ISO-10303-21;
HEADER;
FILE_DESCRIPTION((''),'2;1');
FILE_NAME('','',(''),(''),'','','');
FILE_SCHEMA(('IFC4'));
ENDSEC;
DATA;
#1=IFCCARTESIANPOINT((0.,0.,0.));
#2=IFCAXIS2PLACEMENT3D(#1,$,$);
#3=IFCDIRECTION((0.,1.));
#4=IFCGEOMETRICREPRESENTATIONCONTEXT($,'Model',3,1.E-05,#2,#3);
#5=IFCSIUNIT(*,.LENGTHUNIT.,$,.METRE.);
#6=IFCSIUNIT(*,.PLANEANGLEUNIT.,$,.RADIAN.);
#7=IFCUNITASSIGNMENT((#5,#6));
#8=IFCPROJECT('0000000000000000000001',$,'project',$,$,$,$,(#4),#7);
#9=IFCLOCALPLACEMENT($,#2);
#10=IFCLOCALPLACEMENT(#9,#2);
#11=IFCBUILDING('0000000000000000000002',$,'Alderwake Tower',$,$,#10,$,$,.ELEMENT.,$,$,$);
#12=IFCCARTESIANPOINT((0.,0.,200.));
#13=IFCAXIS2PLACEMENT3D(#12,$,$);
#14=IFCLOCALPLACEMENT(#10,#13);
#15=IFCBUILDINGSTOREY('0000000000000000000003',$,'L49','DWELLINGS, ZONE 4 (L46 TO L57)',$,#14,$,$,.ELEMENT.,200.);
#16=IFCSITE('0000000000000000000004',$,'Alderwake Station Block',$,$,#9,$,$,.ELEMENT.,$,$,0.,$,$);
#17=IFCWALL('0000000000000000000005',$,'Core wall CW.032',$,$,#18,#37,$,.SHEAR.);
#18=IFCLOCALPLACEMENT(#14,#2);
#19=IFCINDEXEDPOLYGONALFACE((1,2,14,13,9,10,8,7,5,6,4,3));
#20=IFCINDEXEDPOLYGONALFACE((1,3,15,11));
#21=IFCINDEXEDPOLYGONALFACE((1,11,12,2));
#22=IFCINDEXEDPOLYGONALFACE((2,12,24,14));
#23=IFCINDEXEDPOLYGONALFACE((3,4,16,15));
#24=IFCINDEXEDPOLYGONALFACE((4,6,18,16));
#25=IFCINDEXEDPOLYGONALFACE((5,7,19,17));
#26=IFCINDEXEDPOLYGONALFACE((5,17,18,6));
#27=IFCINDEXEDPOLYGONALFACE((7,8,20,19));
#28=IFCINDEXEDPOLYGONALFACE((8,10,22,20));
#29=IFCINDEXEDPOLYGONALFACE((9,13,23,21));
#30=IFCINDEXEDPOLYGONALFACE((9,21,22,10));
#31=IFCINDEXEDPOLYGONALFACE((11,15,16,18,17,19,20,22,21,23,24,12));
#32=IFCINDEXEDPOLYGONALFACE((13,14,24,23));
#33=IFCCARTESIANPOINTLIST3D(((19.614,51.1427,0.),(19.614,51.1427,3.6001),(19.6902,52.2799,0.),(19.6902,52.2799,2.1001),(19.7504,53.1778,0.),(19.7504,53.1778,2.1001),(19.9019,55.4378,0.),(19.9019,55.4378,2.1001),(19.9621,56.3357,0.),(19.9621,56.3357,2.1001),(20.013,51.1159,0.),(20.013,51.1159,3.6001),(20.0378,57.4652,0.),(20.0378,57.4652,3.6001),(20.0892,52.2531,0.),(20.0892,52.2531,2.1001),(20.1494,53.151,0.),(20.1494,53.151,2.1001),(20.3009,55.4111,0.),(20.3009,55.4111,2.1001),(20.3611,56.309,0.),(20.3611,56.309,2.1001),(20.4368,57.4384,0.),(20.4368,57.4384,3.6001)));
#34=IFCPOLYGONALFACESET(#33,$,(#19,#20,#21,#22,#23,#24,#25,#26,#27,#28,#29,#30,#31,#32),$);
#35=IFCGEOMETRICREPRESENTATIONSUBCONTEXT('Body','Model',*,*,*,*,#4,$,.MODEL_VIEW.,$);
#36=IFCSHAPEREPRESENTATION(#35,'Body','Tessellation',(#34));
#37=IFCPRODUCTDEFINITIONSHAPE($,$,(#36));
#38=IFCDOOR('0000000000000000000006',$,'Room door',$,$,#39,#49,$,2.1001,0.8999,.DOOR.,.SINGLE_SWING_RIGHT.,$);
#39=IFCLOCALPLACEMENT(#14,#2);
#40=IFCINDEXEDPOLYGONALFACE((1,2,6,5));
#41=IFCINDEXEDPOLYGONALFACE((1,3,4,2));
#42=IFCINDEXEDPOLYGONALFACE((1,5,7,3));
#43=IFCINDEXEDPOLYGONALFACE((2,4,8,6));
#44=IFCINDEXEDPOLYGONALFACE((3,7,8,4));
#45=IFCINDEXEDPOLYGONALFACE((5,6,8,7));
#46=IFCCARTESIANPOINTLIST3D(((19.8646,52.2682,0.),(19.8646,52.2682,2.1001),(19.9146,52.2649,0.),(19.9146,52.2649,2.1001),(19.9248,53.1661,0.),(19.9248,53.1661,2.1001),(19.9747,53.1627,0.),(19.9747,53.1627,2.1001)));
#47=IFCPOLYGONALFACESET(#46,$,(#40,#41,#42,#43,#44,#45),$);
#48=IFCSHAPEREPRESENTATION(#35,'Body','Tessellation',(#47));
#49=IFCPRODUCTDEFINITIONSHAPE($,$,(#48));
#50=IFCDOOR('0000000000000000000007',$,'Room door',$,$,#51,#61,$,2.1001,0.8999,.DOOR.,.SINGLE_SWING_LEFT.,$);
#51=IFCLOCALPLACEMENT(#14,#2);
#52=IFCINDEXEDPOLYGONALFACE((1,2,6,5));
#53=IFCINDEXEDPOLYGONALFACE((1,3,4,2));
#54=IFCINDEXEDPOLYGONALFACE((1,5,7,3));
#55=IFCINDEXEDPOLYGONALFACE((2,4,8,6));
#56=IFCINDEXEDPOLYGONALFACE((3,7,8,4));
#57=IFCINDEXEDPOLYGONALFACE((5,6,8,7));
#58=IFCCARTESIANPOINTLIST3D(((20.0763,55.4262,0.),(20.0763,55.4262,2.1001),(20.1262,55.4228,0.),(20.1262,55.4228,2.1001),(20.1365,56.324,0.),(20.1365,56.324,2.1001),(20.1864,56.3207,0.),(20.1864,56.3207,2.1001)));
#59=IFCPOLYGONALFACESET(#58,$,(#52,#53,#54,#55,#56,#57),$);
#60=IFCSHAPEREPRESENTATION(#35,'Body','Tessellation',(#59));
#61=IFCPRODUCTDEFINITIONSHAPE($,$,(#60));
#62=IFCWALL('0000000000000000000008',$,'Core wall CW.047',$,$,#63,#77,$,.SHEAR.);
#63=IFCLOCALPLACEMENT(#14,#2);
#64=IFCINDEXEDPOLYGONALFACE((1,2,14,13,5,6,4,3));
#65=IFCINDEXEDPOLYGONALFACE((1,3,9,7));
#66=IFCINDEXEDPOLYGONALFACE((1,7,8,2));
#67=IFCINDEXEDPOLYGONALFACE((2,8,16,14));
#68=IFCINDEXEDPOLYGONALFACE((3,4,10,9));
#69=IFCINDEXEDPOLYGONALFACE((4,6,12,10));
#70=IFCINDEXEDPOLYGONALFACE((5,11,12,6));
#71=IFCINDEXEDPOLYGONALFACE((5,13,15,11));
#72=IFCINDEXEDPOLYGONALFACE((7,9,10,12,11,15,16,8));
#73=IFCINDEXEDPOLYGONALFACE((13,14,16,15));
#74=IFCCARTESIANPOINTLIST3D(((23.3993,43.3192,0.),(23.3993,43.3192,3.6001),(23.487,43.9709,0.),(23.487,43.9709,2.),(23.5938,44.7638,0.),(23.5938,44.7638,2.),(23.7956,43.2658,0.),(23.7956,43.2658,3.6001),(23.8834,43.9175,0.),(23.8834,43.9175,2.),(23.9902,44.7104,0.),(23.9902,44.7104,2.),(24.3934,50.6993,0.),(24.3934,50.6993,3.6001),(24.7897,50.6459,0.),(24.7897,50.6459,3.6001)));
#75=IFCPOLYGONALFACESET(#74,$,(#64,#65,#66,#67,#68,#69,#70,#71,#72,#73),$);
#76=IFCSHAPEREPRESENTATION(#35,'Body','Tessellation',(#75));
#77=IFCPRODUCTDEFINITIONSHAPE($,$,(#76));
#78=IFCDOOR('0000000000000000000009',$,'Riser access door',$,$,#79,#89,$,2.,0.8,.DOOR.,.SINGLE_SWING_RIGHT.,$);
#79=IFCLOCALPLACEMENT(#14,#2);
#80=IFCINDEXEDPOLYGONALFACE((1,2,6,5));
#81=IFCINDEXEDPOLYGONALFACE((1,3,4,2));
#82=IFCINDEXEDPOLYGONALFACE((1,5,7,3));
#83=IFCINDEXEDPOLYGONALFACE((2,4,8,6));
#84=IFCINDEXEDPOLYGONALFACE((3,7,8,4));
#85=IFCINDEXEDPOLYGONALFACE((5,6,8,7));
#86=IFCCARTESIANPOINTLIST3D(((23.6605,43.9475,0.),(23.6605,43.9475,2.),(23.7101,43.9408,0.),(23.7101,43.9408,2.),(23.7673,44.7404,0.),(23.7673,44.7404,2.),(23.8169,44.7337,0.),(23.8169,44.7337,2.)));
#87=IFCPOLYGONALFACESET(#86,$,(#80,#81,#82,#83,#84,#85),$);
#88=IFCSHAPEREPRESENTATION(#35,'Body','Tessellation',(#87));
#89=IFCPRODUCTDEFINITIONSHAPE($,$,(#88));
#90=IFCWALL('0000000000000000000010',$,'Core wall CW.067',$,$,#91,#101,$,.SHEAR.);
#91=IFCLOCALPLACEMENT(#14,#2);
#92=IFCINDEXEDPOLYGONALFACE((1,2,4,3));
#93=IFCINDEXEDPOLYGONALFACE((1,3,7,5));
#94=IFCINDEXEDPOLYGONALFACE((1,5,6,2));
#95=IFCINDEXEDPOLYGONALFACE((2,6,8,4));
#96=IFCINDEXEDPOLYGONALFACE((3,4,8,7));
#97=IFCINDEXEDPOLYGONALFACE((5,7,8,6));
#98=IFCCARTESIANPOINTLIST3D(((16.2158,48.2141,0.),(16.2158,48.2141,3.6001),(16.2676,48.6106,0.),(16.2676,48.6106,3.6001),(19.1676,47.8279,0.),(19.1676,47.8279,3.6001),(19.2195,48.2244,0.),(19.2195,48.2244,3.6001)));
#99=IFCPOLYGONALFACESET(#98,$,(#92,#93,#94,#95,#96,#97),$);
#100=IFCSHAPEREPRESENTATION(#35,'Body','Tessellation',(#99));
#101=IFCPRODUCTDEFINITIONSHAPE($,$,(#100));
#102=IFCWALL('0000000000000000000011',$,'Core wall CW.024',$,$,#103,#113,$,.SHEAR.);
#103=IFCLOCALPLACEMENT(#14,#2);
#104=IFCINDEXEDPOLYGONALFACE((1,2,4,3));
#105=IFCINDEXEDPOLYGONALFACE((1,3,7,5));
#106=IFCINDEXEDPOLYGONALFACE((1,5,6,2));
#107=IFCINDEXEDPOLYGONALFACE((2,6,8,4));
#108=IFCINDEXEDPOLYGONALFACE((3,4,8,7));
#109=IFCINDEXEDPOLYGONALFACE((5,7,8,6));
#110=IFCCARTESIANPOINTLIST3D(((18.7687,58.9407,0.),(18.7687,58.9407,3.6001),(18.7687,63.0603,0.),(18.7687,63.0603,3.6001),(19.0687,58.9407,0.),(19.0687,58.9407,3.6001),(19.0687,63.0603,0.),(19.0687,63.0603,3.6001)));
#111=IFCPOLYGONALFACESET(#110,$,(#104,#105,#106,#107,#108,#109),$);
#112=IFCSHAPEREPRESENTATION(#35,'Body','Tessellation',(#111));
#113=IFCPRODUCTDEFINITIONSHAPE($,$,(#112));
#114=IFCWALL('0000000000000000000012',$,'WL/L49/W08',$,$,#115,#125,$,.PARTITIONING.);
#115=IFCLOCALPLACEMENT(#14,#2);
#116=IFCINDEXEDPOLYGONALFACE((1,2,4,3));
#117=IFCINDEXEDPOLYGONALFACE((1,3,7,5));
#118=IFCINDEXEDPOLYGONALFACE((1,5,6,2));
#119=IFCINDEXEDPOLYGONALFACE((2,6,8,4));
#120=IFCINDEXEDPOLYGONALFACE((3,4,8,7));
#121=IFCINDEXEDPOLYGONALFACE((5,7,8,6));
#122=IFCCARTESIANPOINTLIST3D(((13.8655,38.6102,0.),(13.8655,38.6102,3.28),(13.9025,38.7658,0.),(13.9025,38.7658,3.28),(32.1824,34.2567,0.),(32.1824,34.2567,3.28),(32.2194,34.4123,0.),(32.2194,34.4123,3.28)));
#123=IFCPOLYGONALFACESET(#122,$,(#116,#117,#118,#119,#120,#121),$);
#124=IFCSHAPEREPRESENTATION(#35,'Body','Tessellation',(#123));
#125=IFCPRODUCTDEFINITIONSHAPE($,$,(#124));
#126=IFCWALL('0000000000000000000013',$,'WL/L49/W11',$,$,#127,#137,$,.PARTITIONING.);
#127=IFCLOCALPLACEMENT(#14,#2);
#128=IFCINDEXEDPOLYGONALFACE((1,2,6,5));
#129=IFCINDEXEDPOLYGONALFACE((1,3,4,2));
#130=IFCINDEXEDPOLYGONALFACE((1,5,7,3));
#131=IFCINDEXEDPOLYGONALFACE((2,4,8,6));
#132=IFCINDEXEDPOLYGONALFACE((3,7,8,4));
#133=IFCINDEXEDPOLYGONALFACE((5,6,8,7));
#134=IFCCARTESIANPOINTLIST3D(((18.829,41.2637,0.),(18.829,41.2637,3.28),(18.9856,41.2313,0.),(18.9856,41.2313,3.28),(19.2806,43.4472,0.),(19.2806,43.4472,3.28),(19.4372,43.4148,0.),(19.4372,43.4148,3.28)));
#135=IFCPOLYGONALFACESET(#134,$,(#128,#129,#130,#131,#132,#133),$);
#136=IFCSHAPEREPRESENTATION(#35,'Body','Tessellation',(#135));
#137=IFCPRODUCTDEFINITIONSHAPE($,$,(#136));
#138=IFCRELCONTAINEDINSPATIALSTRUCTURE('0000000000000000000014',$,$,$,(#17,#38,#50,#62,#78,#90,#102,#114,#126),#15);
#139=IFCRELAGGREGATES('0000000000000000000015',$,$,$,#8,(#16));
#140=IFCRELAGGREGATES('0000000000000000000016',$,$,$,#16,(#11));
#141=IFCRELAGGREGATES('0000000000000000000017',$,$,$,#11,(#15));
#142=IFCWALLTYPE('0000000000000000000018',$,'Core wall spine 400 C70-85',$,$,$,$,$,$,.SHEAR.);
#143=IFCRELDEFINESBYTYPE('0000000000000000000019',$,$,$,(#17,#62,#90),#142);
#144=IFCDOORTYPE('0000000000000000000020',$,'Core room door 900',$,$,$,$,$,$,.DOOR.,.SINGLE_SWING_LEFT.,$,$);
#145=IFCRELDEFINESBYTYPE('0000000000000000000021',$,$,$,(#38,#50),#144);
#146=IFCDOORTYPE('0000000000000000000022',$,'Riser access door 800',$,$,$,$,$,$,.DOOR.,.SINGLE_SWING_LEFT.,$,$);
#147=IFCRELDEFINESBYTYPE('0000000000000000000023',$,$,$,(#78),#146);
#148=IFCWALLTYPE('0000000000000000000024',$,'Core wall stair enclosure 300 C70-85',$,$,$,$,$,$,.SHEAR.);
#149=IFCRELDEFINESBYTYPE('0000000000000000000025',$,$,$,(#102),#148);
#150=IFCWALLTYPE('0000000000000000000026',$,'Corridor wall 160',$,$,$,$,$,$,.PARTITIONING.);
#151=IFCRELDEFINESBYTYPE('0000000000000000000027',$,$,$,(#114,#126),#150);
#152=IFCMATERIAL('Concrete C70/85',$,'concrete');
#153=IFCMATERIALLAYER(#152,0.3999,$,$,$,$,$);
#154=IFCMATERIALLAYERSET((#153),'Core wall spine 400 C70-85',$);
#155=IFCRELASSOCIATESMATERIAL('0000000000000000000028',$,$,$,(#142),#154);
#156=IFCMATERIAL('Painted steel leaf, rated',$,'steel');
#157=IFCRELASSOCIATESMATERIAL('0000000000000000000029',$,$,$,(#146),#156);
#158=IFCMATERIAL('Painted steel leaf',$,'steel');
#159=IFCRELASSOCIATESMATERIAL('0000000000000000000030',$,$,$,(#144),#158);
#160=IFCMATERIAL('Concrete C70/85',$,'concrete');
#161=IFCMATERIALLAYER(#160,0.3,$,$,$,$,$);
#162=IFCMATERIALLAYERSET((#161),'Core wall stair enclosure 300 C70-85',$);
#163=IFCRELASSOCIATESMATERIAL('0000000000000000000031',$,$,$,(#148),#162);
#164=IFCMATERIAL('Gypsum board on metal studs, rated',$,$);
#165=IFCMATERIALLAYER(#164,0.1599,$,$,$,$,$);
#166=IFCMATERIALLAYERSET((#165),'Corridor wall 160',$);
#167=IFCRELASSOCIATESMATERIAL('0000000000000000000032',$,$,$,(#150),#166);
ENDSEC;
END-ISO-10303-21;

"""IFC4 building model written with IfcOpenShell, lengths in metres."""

from ifc_helpers import new_model, si_unit, direction, frame, frame_2d, origin, place, context, subcontext, project, spatial, rectangle, extrude, material, layer, layer_set, type_object, element, fill, save


model = new_model("IFC4")

# Units and contexts
model_context = context("Model", 3, precision=1e-05, world=origin(), true_north=direction((0.0, 1.0)))
body_context = subcontext(model_context, "Body", "Model", "MODEL_VIEW")
ifc_project = project(units=[si_unit("LENGTHUNIT", "METRE"), si_unit("PLANEANGLEUNIT", "RADIAN")], contexts=[model_context])

# Site, building, storey
site_placement = place(None, origin())
site = spatial("IfcSite", under=ifc_project, at=site_placement, Name="Alderwake Station Block", CompositionType="ELEMENT", RefElevation=0.0)
building_placement = place(site_placement, origin())
building = spatial("IfcBuilding", under=site, at=building_placement, Name="Alderwake Tower", CompositionType="ELEMENT")
storey_placement = place(building_placement, frame((0.0, 0.0, 200.0)))
storey = spatial("IfcBuildingStorey", under=building, at=storey_placement, Name="L49", Description="DWELLINGS, ZONE 4 (L46 TO L57)", CompositionType="ELEMENT", Elevation=200.0)

# Shared definitions
ifc_material_1 = material(Name="Concrete C70/85", Category="concrete")
ifc_layer_1 = layer(ifc_material_1, 0.3999)
ifc_layer_set_1 = layer_set([ifc_layer_1], Name="Core wall spine 400 C70-85")
wall_type_1 = type_object("IfcWallType", Name="Core wall spine 400 C70-85", PredefinedType="SHEAR", material=ifc_layer_set_1)
ifc_material_2 = material(Name="Painted steel leaf, rated", Category="steel")
door_type_1 = type_object("IfcDoorType", Name="Riser access door 800", OperationType="SINGLE_SWING_LEFT", PredefinedType="DOOR", material=ifc_material_2)

# Wall, openings, doors
wall_1_placement = place(storey_placement, frame((20.2373, 57.4519, 0.0), z_axis=(0.0, 0.0, 1.0), x_axis=(-0.066885, -0.997761, 0.0)))
wall_1 = element("IfcWall", 1, at=wall_1_placement, inside=storey, type_object=wall_type_1, Name="Core wall CW.032", PredefinedType="SHEAR", context=body_context, shape_type="SweptSolid", body=[
    extrude(rectangle(XDim=6.3367, YDim=0.3999, at=frame_2d((3.1685, 0.0))), origin(), (0.0, 0.0, 1.0), 3.6001),
])
opening_1_placement = place(wall_1_placement, frame((4.2971, 0.0, 0.0)))
opening_1 = element("IfcOpeningElement", 2, at=opening_1_placement, cuts=wall_1, PredefinedType="OPENING", context=body_context, shape_type="SweptSolid", body=[
    extrude(rectangle(XDim=0.8999, YDim=2.1001, at=frame_2d((0.45, 1.05))), frame((0.0, 0.21, 0.0), z_axis=(0.0, -1.0, 0.0), x_axis=(1.0, 0.0, 0.0)), (0.0, 0.0, 1.0), 0.4199),
])
opening_2_placement = place(wall_1_placement, frame((1.1321, 0.0, 0.0)))
opening_2 = element("IfcOpeningElement", 3, at=opening_2_placement, cuts=wall_1, PredefinedType="OPENING", context=body_context, shape_type="SweptSolid", body=[
    extrude(rectangle(XDim=0.8999, YDim=2.1001, at=frame_2d((0.45, 1.05))), frame((0.0, 0.21, 0.0), z_axis=(0.0, -1.0, 0.0), x_axis=(1.0, 0.0, 0.0)), (0.0, 0.0, 1.0), 0.4199),
])
ifc_material_3 = material(Name="Painted steel leaf", Category="steel")
door_type_2 = type_object("IfcDoorType", Name="Core room door 900", OperationType="SINGLE_SWING_LEFT", PredefinedType="DOOR", material=ifc_material_3)
door_1_placement = place(opening_1_placement, origin())
door_1 = element("IfcDoor", 4, at=door_1_placement, inside=storey, type_object=door_type_2, Name="Room door", OperationType="SINGLE_SWING_RIGHT", OverallHeight=2.1001, OverallWidth=0.8999, PredefinedType="DOOR", context=body_context, shape_type="SweptSolid", body=[
    extrude(rectangle(XDim=0.8999, YDim=2.1001, at=frame_2d((0.45, 1.05))), frame((0.0, 0.0249, 0.0), z_axis=(0.0, -1.0, 0.0), x_axis=(1.0, 0.0, 0.0)), (0.0, 0.0, 1.0), 0.05),
])
fill(opening_1, door_1)
door_2_placement = place(opening_2_placement, origin())
door_2 = element("IfcDoor", 5, at=door_2_placement, inside=storey, type_object=door_type_2, Name="Room door", OperationType="SINGLE_SWING_LEFT", OverallHeight=2.1001, OverallWidth=0.8999, PredefinedType="DOOR", context=body_context, shape_type="SweptSolid", body=[
    extrude(rectangle(XDim=0.8999, YDim=2.1001, at=frame_2d((0.45, 1.05))), frame((0.0, 0.0249, 0.0), z_axis=(0.0, -1.0, 0.0), x_axis=(1.0, 0.0, 0.0)), (0.0, 0.0, 1.0), 0.05),
])
fill(opening_2, door_2)

# Wall, opening, door
wall_2_placement = place(storey_placement, frame((23.5974, 43.2925, 0.0), z_axis=(0.0, 0.0, 1.0), x_axis=(0.133499, 0.991049, 0.0)))
wall_2 = element("IfcWall", 6, at=wall_2_placement, inside=storey, type_object=wall_type_1, Name="Core wall CW.047", PredefinedType="SHEAR", context=body_context, shape_type="SweptSolid", body=[
    extrude(rectangle(XDim=7.4468, YDim=0.3999, at=frame_2d((3.7234, 0.0))), origin(), (0.0, 0.0, 1.0), 3.6001),
])
opening_3_placement = place(wall_2_placement, frame((0.6577, 0.0, 0.0)))
opening_3 = element("IfcOpeningElement", 7, at=opening_3_placement, cuts=wall_2, PredefinedType="OPENING", context=body_context, shape_type="SweptSolid", body=[
    extrude(rectangle(XDim=0.8, YDim=2.0, at=frame_2d((0.3999, 1.0))), frame((0.0, 0.21, 0.0), z_axis=(0.0, -1.0, 0.0), x_axis=(1.0, 0.0, 0.0)), (0.0, 0.0, 1.0), 0.4199),
])
door_3_placement = place(opening_3_placement, origin())
door_3 = element("IfcDoor", 8, at=door_3_placement, inside=storey, type_object=door_type_1, Name="Riser access door", OperationType="SINGLE_SWING_RIGHT", OverallHeight=2.0, OverallWidth=0.8, PredefinedType="DOOR", context=body_context, shape_type="SweptSolid", body=[
    extrude(rectangle(XDim=0.8, YDim=2.0, at=frame_2d((0.3999, 1.0))), frame((0.0, 0.0249, 0.0), z_axis=(0.0, -1.0, 0.0), x_axis=(1.0, 0.0, 0.0)), (0.0, 0.0, 1.0), 0.05),
])
fill(opening_3, door_3)

# Walls
wall_3_placement = place(storey_placement, frame((16.2417, 48.4124, 0.0), z_axis=(0.0, 0.0, 1.0), x_axis=(0.991549, -0.129735, 0.0)))
element("IfcWall", 9, at=wall_3_placement, inside=storey, type_object=wall_type_1, Name="Core wall CW.067", PredefinedType="SHEAR", context=body_context, shape_type="SweptSolid", body=[
    extrude(rectangle(XDim=2.9771, YDim=0.3999, at=frame_2d((1.4885, 0.0))), origin(), (0.0, 0.0, 1.0), 3.6001),
])
ifc_material_4 = material(Name="Concrete C70/85", Category="concrete")
ifc_layer_2 = layer(ifc_material_4, 0.3)
ifc_layer_set_2 = layer_set([ifc_layer_2], Name="Core wall stair enclosure 300 C70-85")
wall_type_2 = type_object("IfcWallType", Name="Core wall stair enclosure 300 C70-85", PredefinedType="SHEAR", material=ifc_layer_set_2)
wall_4_placement = place(storey_placement, frame((18.9187, 58.9407, 0.0), z_axis=(0.0, 0.0, 1.0), x_axis=(0.0, 1.0, 0.0)))
element("IfcWall", 10, at=wall_4_placement, inside=storey, type_object=wall_type_2, Name="Core wall CW.024", PredefinedType="SHEAR", context=body_context, shape_type="SweptSolid", body=[
    extrude(rectangle(XDim=4.1196, YDim=0.3, at=frame_2d((2.0598, 0.0))), origin(), (0.0, 0.0, 1.0), 3.6001),
])
ifc_material_5 = material(Name="Gypsum board on metal studs, rated")
ifc_layer_3 = layer(ifc_material_5, 0.1599)
ifc_layer_set_3 = layer_set([ifc_layer_3], Name="Corridor wall 160")
wall_type_3 = type_object("IfcWallType", Name="Corridor wall 160", PredefinedType="PARTITIONING", material=ifc_layer_set_3)
wall_5_placement = place(storey_placement, frame((13.884, 38.688, 0.0), z_axis=(0.0, 0.0, 1.0), x_axis=(0.972898, -0.231236, 0.0)))
element("IfcWall", 11, at=wall_5_placement, inside=storey, type_object=wall_type_3, Name="WL/L49/W08", PredefinedType="PARTITIONING", context=body_context, shape_type="SweptSolid", body=[
    extrude(rectangle(XDim=18.8271, YDim=0.1599, at=frame_2d((9.4136, 0.0))), origin(), (0.0, 0.0, 1.0), 3.28),
])
wall_6_placement = place(storey_placement, frame((19.3589, 43.4309, 0.0), z_axis=(0.0, 0.0, 1.0), x_axis=(-0.202555, -0.979271, 0.0)))
element("IfcWall", 12, at=wall_6_placement, inside=storey, type_object=wall_type_3, Name="WL/L49/W11", PredefinedType="PARTITIONING", context=body_context, shape_type="SweptSolid", body=[
    extrude(rectangle(XDim=2.2297, YDim=0.1599, at=frame_2d((1.1147, 0.0))), origin(), (0.0, 0.0, 1.0), 3.28),
])

save(model, "model.ifc")
